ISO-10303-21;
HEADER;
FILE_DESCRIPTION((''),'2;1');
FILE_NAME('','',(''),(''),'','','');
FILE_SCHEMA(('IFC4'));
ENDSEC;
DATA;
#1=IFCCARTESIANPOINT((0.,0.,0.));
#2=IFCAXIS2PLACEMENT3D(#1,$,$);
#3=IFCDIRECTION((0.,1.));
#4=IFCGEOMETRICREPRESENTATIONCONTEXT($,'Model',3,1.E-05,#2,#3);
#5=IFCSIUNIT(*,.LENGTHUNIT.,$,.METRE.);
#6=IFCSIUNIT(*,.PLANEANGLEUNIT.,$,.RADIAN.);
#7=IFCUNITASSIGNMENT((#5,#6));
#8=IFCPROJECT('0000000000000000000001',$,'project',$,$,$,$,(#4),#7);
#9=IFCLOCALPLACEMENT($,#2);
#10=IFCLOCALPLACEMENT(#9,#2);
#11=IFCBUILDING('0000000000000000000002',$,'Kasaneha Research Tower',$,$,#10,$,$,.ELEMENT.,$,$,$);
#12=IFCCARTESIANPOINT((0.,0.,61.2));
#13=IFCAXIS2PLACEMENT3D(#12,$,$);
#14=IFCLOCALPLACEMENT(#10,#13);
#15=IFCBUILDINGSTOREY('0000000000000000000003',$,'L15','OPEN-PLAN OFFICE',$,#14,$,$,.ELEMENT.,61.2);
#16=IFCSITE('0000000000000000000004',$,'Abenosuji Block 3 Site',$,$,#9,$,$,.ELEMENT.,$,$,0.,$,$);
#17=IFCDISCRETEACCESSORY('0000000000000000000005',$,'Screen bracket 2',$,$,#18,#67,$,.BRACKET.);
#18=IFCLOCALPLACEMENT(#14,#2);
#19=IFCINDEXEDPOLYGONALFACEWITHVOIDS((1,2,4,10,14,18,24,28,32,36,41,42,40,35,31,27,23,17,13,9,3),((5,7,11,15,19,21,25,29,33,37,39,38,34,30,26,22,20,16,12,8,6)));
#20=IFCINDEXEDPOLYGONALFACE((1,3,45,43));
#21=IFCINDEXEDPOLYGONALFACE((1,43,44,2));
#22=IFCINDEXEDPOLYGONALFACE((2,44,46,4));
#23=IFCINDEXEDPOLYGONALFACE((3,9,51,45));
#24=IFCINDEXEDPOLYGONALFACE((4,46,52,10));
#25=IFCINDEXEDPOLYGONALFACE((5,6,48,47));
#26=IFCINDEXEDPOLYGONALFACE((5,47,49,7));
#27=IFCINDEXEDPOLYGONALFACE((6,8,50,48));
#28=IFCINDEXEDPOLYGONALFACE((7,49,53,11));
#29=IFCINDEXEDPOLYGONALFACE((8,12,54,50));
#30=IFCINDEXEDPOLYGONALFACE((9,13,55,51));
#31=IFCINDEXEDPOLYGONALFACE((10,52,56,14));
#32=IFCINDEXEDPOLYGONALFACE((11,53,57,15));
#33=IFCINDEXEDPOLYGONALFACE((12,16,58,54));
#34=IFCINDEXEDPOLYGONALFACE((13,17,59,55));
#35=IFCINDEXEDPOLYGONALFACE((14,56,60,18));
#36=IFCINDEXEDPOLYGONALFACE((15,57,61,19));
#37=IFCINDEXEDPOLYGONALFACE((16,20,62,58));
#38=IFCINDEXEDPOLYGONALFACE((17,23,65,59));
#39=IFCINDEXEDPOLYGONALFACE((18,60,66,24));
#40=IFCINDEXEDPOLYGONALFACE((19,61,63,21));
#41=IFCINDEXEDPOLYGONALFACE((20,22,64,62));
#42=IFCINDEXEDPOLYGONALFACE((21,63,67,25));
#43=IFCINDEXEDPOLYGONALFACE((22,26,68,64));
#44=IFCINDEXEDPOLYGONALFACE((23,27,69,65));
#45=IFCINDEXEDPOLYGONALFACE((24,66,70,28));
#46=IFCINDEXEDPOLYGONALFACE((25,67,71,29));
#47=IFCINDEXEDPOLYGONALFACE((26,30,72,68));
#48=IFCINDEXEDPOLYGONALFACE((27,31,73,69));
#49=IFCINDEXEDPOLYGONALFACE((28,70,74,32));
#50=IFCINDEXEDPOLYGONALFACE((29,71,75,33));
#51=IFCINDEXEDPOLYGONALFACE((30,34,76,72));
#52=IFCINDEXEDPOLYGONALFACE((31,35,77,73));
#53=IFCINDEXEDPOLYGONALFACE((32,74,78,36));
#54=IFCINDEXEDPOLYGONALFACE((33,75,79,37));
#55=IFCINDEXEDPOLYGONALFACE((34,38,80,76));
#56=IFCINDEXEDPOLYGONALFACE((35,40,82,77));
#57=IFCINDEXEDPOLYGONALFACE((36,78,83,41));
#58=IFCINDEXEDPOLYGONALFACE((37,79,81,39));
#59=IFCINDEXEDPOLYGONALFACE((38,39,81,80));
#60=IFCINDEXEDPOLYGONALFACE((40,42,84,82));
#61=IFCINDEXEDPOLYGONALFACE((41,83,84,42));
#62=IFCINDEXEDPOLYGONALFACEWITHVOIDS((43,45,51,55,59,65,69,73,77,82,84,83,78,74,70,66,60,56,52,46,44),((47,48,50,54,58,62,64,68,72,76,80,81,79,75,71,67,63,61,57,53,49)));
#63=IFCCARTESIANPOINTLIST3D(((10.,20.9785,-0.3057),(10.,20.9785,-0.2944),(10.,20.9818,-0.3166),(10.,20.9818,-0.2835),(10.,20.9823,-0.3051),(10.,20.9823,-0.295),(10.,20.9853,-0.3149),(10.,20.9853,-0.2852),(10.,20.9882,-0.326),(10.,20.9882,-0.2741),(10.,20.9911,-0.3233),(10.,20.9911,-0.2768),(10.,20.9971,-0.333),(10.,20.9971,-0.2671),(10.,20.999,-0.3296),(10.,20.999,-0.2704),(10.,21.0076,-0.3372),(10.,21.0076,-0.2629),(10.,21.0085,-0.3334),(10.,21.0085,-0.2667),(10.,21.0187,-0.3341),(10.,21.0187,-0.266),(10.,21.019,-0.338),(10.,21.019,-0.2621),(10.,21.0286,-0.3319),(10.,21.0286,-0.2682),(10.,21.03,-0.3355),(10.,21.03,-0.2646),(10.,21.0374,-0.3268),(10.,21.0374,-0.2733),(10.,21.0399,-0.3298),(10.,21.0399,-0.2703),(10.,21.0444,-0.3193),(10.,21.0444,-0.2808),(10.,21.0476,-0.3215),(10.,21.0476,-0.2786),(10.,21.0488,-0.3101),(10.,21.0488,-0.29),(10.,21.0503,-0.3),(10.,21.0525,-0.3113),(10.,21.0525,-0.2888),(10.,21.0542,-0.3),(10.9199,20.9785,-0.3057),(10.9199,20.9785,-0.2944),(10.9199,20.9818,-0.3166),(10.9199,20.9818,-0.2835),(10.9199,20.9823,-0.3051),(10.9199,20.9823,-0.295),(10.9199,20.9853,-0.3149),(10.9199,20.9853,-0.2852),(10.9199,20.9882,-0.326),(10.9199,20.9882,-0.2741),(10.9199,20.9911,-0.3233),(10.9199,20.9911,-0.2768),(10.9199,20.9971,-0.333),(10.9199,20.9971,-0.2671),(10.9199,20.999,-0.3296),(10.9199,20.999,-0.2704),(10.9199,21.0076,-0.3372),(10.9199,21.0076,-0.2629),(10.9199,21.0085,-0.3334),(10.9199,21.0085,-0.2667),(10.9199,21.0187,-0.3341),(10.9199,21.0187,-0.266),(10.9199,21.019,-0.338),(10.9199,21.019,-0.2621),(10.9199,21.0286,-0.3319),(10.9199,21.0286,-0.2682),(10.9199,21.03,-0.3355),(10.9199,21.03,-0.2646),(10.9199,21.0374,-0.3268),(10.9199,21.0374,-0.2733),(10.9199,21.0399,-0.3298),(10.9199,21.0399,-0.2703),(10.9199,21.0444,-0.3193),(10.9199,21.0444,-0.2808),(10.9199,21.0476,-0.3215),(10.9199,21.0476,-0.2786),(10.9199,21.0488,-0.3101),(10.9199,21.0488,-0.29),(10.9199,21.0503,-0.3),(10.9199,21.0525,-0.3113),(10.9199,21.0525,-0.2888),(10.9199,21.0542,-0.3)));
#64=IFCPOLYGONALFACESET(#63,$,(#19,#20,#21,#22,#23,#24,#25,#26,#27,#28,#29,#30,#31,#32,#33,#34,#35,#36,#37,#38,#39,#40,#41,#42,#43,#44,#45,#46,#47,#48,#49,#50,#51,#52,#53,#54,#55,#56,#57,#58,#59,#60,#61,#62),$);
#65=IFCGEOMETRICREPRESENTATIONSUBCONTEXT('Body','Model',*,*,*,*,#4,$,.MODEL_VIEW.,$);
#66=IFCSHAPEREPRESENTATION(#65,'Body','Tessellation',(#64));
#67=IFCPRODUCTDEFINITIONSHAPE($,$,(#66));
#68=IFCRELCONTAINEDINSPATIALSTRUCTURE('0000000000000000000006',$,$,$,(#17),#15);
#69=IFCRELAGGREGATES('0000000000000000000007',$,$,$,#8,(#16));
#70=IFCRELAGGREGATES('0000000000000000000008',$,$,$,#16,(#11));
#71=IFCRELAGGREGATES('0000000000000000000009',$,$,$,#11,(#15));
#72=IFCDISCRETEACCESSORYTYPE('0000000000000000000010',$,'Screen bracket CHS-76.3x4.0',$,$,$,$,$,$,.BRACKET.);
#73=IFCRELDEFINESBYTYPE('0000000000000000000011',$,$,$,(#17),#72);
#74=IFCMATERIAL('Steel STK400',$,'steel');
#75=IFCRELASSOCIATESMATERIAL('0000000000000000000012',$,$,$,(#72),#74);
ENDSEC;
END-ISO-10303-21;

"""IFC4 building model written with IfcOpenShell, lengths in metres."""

from ifc_helpers import new_model, si_unit, direction, frame, origin, origin_2d, place, context, subcontext, project, spatial, hollow_circle, extrude, material, material_profile, profile_set, type_object, element, save


model = new_model("IFC4")

# Units and contexts
model_context = context("Model", 3, precision=1e-05, world=origin(), true_north=direction((0.0, 1.0)))
body_context = subcontext(model_context, "Body", "Model", "MODEL_VIEW")
ifc_project = project(units=[si_unit("LENGTHUNIT", "METRE"), si_unit("PLANEANGLEUNIT", "RADIAN")], contexts=[model_context])

# Site, building, storey
site_placement = place(None, origin())
site = spatial("IfcSite", under=ifc_project, at=site_placement, Name="Abenosuji Block 3 Site", CompositionType="ELEMENT", RefElevation=0.0)
building_placement = place(site_placement, origin())
building = spatial("IfcBuilding", under=site, at=building_placement, Name="Kasaneha Research Tower", CompositionType="ELEMENT")
storey_placement = place(building_placement, frame((0.0, 0.0, 61.2)))
storey = spatial("IfcBuildingStorey", under=building, at=storey_placement, Name="L15", Description="OPEN-PLAN OFFICE", CompositionType="ELEMENT", Elevation=61.2)

# Discrete accessory
ifc_material_1 = material(Name="Steel STK400", Category="steel")
ifc_material_profile_1 = material_profile(ifc_material_1, hollow_circle(Radius=0.0381, WallThickness=0.0039, at=origin_2d()), Name="CHS-76.3x4.0")
ifc_profile_set_1 = profile_set([ifc_material_profile_1], Name="Steel STK400")
discrete_accessory_type = type_object("IfcDiscreteAccessoryType", Name="Screen bracket CHS-76.3x4.0", PredefinedType="BRACKET", material=ifc_profile_set_1)
discrete_accessory_1_placement = place(storey_placement, frame((10.0, 21.0161, -0.3), z_axis=(1.0, 0.0, 0.0), x_axis=(0.0, 1.0, 0.0)))
element("IfcDiscreteAccessory", 1, at=discrete_accessory_1_placement, inside=storey, type_object=discrete_accessory_type, Name="Screen bracket 2", PredefinedType="BRACKET", context=body_context, shape_type="SweptSolid", body=[
    extrude(hollow_circle(Radius=0.0381, WallThickness=0.0039, at=origin_2d()), origin(), (0.0, 0.0, 1.0), 0.9199),
])

save(model, "model.ifc")
